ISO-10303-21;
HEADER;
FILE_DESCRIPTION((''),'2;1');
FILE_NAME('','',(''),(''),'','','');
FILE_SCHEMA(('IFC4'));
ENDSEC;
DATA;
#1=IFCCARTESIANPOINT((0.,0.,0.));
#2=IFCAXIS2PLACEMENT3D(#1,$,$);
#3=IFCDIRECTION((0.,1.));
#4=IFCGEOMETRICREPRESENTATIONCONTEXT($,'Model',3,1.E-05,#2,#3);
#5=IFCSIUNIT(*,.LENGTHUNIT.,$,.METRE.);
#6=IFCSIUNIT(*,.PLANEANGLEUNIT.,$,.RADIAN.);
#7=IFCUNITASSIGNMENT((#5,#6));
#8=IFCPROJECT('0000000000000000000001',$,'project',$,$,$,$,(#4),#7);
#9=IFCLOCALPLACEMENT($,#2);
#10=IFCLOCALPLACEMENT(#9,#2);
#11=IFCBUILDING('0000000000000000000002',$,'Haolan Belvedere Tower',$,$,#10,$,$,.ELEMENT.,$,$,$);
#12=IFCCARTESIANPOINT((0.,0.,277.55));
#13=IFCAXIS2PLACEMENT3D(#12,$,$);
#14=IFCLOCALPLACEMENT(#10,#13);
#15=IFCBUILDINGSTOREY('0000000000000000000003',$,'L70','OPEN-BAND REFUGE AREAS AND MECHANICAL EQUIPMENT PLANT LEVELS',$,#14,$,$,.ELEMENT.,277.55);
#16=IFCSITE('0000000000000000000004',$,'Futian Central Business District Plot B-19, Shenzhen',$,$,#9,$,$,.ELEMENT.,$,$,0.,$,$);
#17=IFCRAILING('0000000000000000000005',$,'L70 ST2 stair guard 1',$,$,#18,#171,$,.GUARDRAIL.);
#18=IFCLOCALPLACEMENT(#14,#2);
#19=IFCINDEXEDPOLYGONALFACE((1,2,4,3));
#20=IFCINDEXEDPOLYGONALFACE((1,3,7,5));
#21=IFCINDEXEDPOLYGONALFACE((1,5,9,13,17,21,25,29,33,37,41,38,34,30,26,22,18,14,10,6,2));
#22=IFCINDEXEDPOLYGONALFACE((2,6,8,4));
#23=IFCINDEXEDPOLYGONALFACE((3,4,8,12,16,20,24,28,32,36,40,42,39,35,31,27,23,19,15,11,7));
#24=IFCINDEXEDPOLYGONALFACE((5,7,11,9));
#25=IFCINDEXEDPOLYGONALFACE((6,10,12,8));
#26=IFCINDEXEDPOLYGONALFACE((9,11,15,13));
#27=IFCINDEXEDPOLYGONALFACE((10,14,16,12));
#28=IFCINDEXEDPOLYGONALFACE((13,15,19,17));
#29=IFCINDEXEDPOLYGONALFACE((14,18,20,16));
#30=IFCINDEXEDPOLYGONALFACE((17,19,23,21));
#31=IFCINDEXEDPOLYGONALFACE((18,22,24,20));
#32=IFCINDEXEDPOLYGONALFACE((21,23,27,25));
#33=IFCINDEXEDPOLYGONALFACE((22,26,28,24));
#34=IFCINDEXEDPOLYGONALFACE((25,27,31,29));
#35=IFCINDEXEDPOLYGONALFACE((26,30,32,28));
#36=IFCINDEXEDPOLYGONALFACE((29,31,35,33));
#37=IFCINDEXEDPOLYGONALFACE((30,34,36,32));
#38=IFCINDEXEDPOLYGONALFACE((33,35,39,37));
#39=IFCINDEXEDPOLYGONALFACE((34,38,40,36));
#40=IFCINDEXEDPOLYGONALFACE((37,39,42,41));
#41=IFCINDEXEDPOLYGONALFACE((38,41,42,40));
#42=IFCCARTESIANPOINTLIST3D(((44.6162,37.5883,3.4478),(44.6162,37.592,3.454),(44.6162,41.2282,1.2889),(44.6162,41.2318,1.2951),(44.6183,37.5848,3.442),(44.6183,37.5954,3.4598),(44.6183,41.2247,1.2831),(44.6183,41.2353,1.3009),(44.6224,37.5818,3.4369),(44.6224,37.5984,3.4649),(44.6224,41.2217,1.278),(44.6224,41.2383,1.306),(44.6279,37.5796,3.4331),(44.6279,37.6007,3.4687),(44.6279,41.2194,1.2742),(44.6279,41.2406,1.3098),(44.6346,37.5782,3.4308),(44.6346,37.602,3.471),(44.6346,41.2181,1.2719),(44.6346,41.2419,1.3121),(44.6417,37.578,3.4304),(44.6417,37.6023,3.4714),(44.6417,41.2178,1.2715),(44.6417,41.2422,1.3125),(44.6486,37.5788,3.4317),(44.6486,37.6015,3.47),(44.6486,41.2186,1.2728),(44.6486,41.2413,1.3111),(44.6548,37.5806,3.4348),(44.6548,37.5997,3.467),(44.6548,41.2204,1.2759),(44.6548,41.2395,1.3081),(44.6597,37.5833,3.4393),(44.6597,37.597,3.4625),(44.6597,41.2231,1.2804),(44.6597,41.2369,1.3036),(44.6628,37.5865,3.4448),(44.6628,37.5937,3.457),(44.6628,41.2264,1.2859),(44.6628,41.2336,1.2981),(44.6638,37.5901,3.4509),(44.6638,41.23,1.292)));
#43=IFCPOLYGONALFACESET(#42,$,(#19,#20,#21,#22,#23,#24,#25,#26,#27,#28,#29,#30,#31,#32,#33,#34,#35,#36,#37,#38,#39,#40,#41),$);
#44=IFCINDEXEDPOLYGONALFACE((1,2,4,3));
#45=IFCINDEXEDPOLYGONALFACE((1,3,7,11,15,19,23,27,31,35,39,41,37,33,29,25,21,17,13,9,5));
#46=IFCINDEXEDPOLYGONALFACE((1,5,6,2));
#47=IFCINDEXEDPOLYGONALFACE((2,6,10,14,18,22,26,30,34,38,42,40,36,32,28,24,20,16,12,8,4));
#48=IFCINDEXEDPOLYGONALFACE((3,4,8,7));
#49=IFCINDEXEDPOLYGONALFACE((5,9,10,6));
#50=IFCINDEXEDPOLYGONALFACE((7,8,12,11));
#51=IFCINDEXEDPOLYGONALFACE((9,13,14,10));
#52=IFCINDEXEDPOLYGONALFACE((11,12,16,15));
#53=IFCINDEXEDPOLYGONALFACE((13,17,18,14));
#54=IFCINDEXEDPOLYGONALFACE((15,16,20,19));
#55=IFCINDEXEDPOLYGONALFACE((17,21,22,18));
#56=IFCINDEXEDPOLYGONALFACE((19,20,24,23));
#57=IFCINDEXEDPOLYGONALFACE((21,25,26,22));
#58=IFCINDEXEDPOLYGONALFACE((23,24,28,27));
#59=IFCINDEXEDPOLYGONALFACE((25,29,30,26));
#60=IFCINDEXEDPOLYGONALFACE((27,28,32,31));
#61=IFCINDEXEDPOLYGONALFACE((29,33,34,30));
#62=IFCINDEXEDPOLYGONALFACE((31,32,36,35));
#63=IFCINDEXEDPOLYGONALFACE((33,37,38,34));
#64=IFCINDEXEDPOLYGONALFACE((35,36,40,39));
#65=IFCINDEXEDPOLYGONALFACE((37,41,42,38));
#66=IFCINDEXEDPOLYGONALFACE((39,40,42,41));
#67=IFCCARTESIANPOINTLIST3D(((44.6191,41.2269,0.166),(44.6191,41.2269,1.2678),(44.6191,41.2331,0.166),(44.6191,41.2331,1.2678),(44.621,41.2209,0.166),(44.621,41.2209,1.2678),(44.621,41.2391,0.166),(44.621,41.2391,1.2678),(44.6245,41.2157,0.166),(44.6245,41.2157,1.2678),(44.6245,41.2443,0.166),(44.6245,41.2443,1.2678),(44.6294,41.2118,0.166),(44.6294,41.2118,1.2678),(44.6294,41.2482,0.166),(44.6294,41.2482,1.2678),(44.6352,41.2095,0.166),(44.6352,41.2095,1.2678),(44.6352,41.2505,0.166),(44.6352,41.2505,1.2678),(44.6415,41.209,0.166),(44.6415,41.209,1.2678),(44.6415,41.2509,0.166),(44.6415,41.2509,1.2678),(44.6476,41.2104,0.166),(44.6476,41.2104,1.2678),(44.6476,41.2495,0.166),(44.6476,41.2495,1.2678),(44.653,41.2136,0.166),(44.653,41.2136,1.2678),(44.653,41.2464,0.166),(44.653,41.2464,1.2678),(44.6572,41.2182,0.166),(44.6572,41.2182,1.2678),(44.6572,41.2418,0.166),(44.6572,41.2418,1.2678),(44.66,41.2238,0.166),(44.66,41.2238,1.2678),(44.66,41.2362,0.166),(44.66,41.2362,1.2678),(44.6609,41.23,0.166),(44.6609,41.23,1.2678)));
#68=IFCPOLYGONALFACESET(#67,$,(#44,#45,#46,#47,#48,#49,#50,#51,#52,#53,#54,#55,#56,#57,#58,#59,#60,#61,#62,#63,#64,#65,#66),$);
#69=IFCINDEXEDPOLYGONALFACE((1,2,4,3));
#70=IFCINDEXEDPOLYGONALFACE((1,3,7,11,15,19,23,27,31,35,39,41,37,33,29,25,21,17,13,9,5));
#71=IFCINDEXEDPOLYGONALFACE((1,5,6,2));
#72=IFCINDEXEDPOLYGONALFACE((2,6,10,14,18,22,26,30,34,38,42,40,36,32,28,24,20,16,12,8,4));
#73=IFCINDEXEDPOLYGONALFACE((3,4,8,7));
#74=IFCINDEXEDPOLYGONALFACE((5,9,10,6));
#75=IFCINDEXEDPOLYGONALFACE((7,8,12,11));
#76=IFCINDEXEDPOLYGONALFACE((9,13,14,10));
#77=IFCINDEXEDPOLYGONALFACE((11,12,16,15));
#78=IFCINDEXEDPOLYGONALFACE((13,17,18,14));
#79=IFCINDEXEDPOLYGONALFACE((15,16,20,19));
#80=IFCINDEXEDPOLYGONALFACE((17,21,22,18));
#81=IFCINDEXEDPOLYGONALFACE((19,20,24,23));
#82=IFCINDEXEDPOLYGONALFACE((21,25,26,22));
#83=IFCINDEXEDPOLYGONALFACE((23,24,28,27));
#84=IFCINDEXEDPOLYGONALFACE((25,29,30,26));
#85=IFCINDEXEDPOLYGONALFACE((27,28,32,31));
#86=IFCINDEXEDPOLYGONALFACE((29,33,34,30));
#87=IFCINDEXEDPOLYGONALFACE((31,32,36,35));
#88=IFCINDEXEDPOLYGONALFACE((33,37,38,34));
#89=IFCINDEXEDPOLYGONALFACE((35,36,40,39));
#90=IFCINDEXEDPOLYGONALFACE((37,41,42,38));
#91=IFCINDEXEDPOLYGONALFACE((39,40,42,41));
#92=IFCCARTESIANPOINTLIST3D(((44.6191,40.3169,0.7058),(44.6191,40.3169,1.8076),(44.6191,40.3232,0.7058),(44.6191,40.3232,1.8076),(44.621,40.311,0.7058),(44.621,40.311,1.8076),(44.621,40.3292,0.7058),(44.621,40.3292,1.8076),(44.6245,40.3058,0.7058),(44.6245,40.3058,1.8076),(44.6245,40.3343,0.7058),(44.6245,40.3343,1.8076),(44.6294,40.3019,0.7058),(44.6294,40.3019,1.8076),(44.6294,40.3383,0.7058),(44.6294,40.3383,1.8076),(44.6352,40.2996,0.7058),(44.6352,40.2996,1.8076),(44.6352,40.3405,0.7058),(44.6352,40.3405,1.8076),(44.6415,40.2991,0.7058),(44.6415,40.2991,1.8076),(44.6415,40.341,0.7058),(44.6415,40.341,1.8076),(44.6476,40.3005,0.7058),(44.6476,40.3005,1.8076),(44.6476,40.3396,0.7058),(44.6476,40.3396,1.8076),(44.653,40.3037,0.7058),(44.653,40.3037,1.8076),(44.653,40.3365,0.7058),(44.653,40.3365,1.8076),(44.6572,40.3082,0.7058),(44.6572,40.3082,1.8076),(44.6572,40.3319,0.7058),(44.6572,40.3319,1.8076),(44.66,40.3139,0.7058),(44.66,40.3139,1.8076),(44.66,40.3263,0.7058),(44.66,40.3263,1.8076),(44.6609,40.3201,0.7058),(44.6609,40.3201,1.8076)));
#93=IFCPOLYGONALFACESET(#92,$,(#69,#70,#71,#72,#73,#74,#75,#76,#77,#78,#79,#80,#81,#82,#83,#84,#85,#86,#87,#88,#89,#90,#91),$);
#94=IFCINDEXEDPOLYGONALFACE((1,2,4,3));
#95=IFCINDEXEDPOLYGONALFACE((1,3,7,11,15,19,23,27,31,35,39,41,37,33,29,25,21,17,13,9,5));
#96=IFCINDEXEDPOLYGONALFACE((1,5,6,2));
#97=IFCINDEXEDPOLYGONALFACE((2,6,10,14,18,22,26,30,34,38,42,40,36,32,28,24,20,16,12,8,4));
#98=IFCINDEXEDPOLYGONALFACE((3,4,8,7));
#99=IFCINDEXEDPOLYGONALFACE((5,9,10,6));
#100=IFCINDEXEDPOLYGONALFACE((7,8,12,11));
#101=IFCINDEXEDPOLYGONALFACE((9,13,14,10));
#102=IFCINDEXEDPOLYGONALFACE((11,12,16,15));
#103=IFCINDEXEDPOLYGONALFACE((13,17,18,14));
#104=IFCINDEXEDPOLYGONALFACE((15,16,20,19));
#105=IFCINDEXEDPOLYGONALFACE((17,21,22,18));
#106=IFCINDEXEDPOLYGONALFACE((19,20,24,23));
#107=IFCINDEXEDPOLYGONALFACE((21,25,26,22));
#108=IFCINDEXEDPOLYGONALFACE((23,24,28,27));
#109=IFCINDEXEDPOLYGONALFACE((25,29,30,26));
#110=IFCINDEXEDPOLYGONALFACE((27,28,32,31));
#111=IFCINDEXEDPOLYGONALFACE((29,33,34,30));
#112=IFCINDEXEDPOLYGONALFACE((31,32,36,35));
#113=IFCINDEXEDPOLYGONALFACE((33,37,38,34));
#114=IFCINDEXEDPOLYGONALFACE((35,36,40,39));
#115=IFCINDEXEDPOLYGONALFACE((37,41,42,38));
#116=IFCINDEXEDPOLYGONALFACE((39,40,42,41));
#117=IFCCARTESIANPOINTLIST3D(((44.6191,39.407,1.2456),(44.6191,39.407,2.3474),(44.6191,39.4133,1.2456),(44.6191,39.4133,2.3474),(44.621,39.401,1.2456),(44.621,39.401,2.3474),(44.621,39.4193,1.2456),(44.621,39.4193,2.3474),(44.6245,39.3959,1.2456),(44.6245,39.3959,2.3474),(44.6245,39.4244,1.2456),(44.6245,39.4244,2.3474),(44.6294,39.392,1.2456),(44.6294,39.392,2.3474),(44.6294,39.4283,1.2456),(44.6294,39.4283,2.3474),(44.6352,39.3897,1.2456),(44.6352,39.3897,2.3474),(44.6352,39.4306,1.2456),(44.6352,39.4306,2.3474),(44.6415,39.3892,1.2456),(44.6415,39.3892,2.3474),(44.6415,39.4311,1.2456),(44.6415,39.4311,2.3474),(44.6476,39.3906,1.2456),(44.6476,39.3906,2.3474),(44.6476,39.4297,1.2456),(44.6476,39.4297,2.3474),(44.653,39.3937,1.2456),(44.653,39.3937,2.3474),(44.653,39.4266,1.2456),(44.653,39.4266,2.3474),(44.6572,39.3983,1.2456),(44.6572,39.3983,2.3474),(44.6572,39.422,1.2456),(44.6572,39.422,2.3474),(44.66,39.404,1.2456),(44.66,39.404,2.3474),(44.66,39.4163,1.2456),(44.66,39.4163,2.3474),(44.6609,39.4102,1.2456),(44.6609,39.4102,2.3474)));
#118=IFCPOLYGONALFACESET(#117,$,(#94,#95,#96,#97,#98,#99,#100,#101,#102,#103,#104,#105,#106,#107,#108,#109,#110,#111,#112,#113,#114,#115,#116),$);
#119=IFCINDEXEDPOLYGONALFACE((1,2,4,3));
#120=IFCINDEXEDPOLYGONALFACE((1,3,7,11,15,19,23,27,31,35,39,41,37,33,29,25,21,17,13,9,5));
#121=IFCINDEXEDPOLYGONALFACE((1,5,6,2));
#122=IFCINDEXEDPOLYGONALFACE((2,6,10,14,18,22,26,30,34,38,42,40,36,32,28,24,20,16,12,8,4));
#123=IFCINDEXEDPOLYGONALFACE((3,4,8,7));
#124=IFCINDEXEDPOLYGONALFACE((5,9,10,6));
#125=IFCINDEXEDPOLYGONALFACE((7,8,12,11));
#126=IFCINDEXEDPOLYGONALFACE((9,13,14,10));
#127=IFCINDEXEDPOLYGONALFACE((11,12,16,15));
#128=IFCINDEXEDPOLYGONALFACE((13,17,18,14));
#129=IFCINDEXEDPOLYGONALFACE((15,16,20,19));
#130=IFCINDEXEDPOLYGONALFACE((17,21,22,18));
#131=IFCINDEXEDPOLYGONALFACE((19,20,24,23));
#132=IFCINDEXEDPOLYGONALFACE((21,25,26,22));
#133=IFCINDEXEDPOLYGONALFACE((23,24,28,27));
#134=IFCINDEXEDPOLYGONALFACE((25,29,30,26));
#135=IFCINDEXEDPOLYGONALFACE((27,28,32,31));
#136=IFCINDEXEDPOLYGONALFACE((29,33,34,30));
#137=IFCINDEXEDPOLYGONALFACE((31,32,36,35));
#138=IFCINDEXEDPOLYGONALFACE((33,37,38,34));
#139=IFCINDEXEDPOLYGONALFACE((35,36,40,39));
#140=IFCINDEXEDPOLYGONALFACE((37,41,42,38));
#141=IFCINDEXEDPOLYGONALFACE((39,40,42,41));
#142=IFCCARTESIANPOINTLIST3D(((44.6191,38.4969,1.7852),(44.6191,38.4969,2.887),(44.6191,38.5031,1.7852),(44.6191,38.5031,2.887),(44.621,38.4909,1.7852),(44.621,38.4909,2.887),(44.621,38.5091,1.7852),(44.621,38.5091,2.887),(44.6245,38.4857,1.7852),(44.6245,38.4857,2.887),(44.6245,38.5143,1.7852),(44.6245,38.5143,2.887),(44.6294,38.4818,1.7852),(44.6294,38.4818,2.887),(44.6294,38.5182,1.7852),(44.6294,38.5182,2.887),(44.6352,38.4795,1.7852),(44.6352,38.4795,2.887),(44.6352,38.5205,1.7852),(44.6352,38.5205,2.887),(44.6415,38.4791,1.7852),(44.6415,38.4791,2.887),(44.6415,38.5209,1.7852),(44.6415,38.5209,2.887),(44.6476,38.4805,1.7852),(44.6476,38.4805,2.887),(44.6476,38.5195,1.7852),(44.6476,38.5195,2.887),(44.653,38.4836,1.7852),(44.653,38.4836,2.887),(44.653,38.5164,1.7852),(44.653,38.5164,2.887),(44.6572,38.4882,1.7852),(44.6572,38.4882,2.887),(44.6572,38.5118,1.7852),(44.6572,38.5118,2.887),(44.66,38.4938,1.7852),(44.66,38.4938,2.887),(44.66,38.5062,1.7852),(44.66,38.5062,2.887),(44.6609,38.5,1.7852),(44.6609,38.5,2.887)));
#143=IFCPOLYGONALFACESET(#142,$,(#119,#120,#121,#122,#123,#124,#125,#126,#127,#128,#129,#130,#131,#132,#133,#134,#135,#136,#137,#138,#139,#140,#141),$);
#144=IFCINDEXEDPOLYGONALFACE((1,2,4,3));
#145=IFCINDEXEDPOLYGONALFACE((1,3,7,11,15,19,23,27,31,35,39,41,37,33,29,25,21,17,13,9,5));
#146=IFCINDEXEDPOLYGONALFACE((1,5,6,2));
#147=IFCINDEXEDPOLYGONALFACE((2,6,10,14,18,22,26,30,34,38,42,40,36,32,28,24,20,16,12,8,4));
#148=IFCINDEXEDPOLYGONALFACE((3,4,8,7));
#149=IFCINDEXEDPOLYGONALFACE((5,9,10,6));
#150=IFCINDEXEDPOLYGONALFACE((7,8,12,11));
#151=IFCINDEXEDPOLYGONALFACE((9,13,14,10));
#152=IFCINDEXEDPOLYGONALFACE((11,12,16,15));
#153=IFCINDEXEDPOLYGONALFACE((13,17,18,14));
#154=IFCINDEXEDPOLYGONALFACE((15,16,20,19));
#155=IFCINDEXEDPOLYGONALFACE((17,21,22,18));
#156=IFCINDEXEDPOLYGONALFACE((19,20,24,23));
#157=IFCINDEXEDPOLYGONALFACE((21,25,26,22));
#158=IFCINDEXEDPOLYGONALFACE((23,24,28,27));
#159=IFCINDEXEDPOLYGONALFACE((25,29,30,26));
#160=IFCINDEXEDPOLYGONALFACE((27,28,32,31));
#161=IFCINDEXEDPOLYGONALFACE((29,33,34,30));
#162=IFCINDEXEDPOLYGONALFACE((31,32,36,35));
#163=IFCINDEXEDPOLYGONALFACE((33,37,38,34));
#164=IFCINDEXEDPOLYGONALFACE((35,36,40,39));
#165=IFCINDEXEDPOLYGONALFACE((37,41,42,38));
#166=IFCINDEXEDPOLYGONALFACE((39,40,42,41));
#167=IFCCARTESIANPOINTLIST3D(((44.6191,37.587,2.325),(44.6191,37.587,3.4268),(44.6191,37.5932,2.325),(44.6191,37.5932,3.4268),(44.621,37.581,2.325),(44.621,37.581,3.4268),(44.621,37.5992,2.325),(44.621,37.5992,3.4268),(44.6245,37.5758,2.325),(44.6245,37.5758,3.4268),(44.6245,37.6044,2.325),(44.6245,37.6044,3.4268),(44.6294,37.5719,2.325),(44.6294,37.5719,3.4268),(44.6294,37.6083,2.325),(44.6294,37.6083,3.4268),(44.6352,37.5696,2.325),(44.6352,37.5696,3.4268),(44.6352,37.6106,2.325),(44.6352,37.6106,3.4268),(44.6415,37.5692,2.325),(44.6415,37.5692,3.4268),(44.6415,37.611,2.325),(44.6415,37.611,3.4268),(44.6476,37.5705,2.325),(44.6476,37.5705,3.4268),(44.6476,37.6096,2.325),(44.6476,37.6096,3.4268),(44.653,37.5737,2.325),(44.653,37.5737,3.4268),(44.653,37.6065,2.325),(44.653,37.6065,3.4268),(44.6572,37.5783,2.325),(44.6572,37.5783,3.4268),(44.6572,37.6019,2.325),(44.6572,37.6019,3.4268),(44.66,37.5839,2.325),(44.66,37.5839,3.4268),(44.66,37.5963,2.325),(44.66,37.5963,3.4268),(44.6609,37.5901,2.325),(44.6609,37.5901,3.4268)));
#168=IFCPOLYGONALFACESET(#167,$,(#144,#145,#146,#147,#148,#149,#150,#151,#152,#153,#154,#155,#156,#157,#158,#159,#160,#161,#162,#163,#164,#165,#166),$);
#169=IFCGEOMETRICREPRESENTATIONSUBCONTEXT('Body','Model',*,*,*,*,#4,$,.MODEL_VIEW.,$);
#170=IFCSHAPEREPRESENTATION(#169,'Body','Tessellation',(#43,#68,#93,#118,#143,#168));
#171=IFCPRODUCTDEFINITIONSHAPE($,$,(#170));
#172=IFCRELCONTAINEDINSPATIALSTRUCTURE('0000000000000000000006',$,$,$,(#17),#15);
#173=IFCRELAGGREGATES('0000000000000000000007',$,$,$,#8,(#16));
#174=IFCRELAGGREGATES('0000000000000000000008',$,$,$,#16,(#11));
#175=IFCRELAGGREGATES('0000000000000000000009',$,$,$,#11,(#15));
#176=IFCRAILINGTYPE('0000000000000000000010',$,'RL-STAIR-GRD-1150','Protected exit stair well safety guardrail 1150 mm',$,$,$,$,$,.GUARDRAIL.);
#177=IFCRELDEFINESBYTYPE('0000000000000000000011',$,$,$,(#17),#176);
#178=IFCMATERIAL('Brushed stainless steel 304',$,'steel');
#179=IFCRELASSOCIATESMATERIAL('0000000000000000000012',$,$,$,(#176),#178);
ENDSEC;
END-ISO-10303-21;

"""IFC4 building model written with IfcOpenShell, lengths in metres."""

from ifc_helpers import new_model, si_unit, direction, frame, origin, origin_2d, place, context, subcontext, project, spatial, circle, extrude, material, type_object, element, save


model = new_model("IFC4")

# Units and contexts
model_context = context("Model", 3, precision=1e-05, world=origin(), true_north=direction((0.0, 1.0)))
body_context = subcontext(model_context, "Body", "Model", "MODEL_VIEW")
ifc_project = project(units=[si_unit("LENGTHUNIT", "METRE"), si_unit("PLANEANGLEUNIT", "RADIAN")], contexts=[model_context])

# Site, building, storey
site_placement = place(None, origin())
site = spatial("IfcSite", under=ifc_project, at=site_placement, Name="Futian Central Business District Plot B-19, Shenzhen", CompositionType="ELEMENT", RefElevation=0.0)
building_placement = place(site_placement, origin())
building = spatial("IfcBuilding", under=site, at=building_placement, Name="Haolan Belvedere Tower", CompositionType="ELEMENT")
storey_placement = place(building_placement, frame((0.0, 0.0, 277.55)))
storey = spatial("IfcBuildingStorey", under=building, at=storey_placement, Name="L70", Description="OPEN-BAND REFUGE AREAS AND MECHANICAL EQUIPMENT PLANT LEVELS", CompositionType="ELEMENT", Elevation=277.55)

# Railing
ifc_material_1 = material(Name="Brushed stainless steel 304", Category="steel")
railing_type_1 = type_object("IfcRailingType", Name="RL-STAIR-GRD-1150", Description="Protected exit stair well safety guardrail 1150 mm", PredefinedType="GUARDRAIL", material=ifc_material_1)
railing_1_placement = place(storey_placement, frame((44.6399, 41.23, 0.166)))
element("IfcRailing", 1, at=railing_1_placement, inside=storey, type_object=railing_type_1, Name="L70 ST2 stair guard 1", PredefinedType="GUARDRAIL", context=body_context, shape_type="SweptSolid", body=[
    extrude(circle(Radius=0.0239, at=origin_2d()), frame((0.0, 0.0, 1.126), z_axis=(0.0, -0.860088, 0.510145), x_axis=(1.0, 0.0, 0.0)), (0.0, 0.0, 1.0), 4.2319),
    extrude(circle(Radius=0.021, at=origin_2d()), origin(), (0.0, 0.0, 1.0), 1.1018),
    extrude(circle(Radius=0.021, at=origin_2d()), frame((0.0, -0.9099, 0.5398)), (0.0, 0.0, 1.0), 1.1018),
    extrude(circle(Radius=0.021, at=origin_2d()), frame((0.0, -1.8198, 1.0796)), (0.0, 0.0, 1.0), 1.1018),
    extrude(circle(Radius=0.021, at=origin_2d()), frame((0.0, -2.73, 1.6191)), (0.0, 0.0, 1.0), 1.1018),
    extrude(circle(Radius=0.021, at=origin_2d()), frame((0.0, -3.6399, 2.1589)), (0.0, 0.0, 1.0), 1.1018),
])

save(model, "model.ifc")
